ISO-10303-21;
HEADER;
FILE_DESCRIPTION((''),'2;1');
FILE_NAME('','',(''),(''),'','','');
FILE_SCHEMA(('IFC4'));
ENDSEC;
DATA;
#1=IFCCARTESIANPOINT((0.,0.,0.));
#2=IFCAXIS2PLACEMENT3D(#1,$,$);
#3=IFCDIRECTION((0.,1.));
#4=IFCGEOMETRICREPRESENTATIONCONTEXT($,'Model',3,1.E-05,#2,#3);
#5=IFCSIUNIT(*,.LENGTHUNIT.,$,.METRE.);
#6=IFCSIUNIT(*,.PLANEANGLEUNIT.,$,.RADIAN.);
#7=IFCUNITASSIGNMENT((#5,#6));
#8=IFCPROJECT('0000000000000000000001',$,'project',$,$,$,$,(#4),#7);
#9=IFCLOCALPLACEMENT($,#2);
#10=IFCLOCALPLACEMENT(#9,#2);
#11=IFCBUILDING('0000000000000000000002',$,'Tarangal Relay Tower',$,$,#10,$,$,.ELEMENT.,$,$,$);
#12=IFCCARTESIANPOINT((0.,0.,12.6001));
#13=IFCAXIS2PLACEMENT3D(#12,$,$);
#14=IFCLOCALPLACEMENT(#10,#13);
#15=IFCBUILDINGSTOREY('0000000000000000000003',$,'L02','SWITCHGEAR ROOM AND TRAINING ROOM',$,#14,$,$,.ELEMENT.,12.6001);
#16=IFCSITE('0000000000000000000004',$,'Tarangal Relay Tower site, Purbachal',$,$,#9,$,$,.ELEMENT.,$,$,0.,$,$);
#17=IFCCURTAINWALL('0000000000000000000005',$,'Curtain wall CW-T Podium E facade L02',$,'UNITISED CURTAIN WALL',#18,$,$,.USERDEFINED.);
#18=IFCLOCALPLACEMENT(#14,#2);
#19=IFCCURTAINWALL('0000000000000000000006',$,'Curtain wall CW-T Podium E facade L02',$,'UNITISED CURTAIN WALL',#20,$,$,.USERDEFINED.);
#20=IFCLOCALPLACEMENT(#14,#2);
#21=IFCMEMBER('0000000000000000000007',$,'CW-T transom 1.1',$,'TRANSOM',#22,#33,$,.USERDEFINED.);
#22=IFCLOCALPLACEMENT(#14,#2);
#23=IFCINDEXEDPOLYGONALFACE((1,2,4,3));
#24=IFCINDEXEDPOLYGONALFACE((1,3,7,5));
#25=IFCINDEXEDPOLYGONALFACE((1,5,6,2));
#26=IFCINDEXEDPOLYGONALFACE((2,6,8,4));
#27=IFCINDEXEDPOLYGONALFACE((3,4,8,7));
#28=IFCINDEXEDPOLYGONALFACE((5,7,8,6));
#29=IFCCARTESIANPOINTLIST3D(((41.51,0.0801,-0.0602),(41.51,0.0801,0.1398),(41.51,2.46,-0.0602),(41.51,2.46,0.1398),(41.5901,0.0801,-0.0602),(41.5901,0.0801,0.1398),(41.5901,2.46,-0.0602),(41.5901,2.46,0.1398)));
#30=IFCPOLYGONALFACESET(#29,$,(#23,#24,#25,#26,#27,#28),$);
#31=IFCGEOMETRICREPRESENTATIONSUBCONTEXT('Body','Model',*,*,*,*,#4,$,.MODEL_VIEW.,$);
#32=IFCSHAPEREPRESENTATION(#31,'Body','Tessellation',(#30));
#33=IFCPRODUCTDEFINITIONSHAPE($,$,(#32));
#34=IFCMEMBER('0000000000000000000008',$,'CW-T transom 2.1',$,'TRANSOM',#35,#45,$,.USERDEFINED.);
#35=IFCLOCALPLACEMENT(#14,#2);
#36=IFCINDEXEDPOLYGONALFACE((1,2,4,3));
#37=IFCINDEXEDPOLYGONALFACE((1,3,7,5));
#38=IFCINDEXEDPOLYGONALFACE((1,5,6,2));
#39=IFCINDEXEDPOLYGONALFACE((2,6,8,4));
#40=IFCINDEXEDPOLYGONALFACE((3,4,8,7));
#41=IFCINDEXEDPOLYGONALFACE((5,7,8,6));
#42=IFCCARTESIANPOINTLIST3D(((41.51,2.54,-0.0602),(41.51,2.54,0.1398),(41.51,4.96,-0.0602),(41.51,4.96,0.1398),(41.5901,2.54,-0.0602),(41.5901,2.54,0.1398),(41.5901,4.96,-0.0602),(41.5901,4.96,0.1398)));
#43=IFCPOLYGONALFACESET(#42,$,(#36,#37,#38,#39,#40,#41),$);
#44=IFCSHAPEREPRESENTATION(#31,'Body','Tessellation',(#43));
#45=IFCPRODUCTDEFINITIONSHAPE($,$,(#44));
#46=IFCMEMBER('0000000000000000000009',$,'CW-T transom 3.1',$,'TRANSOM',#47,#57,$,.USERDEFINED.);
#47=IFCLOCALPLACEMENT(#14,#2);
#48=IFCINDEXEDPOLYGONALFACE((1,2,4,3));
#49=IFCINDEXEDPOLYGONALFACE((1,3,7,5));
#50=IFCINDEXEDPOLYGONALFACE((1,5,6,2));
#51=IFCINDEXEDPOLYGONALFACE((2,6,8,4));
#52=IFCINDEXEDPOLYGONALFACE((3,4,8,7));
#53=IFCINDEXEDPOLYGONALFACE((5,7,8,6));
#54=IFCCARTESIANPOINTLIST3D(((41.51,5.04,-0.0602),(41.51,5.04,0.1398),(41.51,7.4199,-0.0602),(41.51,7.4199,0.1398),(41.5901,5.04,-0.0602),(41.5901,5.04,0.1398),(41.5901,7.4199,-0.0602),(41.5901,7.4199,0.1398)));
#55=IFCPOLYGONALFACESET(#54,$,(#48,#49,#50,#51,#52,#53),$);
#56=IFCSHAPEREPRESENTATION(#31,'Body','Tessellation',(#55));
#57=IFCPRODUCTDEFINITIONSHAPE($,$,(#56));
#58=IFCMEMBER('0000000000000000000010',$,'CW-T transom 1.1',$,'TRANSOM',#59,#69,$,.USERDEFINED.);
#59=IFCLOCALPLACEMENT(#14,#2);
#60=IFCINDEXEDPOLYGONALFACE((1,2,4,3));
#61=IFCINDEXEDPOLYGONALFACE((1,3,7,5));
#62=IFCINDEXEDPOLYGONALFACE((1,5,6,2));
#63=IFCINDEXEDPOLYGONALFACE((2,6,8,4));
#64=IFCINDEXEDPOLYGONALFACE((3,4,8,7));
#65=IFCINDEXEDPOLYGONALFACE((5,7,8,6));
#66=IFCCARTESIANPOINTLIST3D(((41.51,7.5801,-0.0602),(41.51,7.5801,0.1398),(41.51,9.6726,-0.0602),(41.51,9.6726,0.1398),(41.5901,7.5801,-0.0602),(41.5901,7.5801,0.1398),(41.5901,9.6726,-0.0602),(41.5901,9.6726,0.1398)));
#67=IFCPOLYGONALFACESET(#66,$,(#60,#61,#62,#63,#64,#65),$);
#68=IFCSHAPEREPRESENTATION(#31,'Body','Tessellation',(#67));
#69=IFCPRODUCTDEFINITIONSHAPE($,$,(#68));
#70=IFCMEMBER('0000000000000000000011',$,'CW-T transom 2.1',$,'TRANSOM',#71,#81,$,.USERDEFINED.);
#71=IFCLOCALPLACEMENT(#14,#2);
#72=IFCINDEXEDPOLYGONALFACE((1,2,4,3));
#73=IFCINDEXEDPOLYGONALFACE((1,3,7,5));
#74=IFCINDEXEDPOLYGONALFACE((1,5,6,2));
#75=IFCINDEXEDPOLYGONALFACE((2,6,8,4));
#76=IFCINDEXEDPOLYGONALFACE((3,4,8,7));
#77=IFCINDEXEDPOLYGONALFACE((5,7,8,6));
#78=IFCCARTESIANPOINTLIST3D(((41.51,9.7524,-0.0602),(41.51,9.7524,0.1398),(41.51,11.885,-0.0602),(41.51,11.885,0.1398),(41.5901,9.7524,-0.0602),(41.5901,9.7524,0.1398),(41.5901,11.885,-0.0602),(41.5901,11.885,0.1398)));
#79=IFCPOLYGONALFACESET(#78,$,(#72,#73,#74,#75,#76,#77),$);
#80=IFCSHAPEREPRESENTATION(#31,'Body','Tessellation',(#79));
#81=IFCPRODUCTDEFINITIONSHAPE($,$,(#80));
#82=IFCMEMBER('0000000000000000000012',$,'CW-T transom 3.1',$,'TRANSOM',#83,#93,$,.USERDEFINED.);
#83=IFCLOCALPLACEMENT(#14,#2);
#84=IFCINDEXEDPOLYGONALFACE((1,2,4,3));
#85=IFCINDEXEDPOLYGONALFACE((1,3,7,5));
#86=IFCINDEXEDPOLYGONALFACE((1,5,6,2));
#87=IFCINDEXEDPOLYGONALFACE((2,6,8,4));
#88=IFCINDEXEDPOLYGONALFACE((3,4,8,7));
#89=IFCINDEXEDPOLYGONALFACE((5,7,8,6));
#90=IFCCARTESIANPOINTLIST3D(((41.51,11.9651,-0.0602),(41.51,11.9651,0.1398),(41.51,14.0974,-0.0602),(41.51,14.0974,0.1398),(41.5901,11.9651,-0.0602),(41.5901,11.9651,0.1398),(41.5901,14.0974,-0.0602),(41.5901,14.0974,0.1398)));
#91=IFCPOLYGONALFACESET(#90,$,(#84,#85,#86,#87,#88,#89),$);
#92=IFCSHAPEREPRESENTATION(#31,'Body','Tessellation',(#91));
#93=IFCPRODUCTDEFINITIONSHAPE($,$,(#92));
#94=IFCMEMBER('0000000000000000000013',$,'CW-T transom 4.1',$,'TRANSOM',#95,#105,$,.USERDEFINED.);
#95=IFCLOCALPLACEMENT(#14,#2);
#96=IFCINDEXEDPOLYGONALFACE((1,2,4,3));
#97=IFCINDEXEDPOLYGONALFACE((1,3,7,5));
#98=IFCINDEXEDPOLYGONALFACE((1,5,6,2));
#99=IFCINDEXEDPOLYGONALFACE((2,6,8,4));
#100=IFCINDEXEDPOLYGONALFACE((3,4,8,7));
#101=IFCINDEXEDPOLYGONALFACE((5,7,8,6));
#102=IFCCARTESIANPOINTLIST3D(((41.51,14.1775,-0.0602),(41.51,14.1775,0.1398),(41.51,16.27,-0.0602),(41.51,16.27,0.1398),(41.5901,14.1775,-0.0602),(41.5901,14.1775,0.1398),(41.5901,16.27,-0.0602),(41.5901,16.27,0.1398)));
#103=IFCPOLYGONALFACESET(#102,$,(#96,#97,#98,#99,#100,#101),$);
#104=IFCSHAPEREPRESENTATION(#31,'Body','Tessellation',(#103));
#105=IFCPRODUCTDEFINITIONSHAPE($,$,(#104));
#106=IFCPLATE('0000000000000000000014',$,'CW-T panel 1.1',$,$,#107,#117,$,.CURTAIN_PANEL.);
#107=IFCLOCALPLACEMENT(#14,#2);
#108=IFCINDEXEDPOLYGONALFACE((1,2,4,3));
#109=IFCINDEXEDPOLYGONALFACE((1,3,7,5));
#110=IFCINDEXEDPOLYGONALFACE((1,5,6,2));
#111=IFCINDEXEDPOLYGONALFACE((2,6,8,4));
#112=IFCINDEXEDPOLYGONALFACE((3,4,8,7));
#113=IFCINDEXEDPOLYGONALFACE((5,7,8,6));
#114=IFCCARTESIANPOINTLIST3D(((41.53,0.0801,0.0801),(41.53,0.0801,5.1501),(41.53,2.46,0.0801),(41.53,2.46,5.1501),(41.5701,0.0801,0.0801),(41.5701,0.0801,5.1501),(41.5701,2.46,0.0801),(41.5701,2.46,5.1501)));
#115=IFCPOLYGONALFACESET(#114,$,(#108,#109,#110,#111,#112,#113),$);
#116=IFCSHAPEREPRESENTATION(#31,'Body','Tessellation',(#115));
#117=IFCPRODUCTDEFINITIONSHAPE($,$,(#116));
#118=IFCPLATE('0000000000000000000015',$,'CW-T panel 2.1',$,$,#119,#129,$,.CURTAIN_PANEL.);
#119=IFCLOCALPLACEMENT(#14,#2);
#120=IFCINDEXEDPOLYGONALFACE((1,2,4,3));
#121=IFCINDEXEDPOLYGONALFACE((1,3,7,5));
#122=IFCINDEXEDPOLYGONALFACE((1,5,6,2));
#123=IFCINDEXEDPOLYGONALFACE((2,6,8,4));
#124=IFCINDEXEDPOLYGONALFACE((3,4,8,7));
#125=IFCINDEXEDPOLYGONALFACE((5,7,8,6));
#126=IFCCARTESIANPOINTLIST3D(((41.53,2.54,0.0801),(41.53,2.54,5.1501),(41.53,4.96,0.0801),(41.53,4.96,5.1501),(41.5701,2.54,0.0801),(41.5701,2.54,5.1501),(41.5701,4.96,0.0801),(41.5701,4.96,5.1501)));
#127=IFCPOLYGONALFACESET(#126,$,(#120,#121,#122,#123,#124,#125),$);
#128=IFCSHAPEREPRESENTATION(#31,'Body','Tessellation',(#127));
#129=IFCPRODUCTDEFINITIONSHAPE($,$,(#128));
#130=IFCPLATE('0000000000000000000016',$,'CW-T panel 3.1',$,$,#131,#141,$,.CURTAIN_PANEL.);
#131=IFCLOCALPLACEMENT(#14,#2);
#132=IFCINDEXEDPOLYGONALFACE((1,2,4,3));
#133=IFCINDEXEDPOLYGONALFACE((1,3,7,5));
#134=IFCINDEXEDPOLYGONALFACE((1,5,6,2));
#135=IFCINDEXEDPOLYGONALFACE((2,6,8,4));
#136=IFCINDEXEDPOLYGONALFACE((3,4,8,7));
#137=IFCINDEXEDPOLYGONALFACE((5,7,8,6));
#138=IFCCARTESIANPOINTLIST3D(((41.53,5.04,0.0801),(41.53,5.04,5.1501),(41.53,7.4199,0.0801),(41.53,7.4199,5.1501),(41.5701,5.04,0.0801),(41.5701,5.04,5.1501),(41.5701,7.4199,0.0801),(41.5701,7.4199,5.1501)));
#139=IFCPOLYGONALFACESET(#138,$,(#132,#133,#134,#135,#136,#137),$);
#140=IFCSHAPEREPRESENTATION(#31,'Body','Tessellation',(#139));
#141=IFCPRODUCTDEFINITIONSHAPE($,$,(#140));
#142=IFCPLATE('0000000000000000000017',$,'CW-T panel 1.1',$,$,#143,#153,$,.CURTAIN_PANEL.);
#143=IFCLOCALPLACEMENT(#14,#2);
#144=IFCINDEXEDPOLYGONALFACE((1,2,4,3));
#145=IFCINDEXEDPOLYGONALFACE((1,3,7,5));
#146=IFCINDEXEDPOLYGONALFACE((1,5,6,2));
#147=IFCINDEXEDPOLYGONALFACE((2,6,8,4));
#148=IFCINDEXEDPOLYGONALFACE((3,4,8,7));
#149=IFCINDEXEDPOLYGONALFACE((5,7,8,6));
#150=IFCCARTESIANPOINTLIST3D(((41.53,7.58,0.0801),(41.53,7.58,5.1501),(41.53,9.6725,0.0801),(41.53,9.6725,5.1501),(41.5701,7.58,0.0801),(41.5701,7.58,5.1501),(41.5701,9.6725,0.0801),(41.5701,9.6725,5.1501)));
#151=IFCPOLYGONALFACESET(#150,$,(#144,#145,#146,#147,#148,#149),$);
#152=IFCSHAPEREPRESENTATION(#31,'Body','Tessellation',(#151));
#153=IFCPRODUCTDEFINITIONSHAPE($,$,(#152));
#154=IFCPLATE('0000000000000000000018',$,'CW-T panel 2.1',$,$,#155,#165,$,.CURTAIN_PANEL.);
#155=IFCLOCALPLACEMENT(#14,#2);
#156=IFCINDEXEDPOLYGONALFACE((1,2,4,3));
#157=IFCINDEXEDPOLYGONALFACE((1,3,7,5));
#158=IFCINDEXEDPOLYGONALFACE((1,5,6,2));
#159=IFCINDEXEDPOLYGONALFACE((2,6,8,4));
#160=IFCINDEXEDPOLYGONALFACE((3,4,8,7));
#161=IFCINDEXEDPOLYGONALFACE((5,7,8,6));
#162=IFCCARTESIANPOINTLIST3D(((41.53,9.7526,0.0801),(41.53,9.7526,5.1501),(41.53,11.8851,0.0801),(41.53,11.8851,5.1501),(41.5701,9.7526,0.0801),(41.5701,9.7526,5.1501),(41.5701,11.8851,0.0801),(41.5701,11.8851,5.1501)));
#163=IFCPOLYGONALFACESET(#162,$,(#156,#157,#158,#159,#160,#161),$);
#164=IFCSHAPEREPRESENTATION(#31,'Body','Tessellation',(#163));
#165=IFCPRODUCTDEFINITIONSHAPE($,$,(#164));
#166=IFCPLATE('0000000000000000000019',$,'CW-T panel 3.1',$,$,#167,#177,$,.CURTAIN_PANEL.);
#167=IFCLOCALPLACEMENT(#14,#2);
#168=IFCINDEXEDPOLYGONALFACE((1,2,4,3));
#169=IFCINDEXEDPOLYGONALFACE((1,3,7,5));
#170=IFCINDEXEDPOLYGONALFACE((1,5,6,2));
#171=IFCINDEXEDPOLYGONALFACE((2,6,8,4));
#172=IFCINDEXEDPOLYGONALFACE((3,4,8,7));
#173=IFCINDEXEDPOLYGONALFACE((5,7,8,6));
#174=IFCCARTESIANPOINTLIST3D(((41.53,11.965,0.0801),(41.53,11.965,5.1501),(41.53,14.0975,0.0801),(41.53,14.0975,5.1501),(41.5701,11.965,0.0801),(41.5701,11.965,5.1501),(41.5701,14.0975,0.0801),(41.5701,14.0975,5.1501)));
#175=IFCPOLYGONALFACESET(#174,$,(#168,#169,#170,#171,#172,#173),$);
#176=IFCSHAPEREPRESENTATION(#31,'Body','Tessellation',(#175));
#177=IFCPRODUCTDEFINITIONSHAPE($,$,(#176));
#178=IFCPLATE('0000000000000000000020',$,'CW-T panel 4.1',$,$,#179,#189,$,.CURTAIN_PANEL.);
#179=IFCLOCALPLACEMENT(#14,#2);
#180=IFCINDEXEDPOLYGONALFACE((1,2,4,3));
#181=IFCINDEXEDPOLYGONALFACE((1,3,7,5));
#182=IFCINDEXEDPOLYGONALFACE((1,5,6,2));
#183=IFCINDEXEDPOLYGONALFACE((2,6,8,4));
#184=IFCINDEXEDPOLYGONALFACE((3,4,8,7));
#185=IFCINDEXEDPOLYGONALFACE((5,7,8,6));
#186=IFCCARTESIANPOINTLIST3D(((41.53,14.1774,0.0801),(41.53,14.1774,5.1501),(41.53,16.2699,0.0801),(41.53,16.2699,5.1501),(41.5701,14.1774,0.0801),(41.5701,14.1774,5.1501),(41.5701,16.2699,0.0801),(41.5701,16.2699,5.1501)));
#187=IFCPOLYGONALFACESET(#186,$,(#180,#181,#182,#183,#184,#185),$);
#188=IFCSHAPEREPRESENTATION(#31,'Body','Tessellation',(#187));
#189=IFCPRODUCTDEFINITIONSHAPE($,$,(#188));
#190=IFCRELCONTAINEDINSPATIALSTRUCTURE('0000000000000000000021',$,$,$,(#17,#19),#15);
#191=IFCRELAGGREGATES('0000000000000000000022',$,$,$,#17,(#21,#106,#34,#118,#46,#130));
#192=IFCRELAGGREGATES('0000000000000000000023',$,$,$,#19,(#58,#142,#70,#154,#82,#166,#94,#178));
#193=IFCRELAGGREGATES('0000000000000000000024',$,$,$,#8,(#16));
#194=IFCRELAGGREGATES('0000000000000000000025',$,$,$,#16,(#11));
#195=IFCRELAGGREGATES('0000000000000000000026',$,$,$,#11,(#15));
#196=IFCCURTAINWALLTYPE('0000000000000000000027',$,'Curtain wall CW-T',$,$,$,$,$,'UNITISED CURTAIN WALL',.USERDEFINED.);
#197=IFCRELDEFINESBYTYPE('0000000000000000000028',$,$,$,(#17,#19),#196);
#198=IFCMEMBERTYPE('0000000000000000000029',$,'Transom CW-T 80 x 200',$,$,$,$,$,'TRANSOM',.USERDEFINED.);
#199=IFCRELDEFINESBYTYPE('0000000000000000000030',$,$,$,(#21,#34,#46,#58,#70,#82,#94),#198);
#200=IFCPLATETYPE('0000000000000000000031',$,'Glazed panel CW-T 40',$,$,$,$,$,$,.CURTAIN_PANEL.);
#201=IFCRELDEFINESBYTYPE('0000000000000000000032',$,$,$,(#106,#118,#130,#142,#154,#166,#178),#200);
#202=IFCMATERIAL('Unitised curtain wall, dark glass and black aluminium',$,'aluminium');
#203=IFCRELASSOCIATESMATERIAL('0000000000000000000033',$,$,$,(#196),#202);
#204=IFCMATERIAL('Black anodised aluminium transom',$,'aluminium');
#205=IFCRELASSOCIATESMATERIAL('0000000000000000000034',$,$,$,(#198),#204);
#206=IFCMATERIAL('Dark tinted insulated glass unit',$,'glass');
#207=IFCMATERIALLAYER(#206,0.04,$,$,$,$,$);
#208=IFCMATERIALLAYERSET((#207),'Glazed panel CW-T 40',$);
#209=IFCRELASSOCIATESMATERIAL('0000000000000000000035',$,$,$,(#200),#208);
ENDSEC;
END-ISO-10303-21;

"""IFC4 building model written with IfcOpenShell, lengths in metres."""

from ifc_helpers import new_model, si_unit, direction, frame, origin, origin_2d, place, context, subcontext, project, spatial, rectangle, extrude, material, layer, layer_set, material_profile, profile_set, type_object, element, aggregate, save


model = new_model("IFC4")

# Units and contexts
model_context = context("Model", 3, precision=1e-05, world=origin(), true_north=direction((0.0, 1.0)))
body_context = subcontext(model_context, "Body", "Model", "MODEL_VIEW")
ifc_project = project(units=[si_unit("LENGTHUNIT", "METRE"), si_unit("PLANEANGLEUNIT", "RADIAN")], contexts=[model_context])

# Site, building, storey
site_placement = place(None, origin())
site = spatial("IfcSite", under=ifc_project, at=site_placement, Name="Tarangal Relay Tower site, Purbachal", CompositionType="ELEMENT", RefElevation=0.0)
building_placement = place(site_placement, origin())
building = spatial("IfcBuilding", under=site, at=building_placement, Name="Tarangal Relay Tower", CompositionType="ELEMENT")
storey_placement = place(building_placement, frame((0.0, 0.0, 12.6001)))
storey = spatial("IfcBuildingStorey", under=building, at=storey_placement, Name="L02", Description="SWITCHGEAR ROOM AND TRAINING ROOM", CompositionType="ELEMENT", Elevation=12.6001)

# Shared definitions
ifc_material_1 = material(Name="Unitised curtain wall, dark glass and black aluminium", Category="aluminium")

# Curtain walls
curtain_wall_type_1 = type_object("IfcCurtainWallType", Name="Curtain wall CW-T", ElementType="UNITISED CURTAIN WALL", PredefinedType="USERDEFINED", material=ifc_material_1)
curtain_wall_1_placement = place(storey_placement, origin())
curtain_wall_1 = element("IfcCurtainWall", 1, at=curtain_wall_1_placement, inside=storey, type_object=curtain_wall_type_1, Name="Curtain wall CW-T Podium E facade L02", ObjectType="UNITISED CURTAIN WALL", PredefinedType="USERDEFINED")
curtain_wall_2_placement = place(storey_placement, origin())
curtain_wall_2 = element("IfcCurtainWall", 2, at=curtain_wall_2_placement, inside=storey, type_object=curtain_wall_type_1, Name="Curtain wall CW-T Podium E facade L02", ObjectType="UNITISED CURTAIN WALL", PredefinedType="USERDEFINED")

# Members
ifc_material_2 = material(Name="Black anodised aluminium transom", Category="aluminium")
ifc_material_profile_1 = material_profile(ifc_material_2, rectangle(XDim=0.0801, YDim=0.2, at=origin_2d()), Name="CW-TT 80X200")
ifc_profile_set_1 = profile_set([ifc_material_profile_1], Name="Black anodised aluminium transom")
member_type_1 = type_object("IfcMemberType", Name="Transom CW-T 80 x 200", ElementType="TRANSOM", PredefinedType="USERDEFINED", material=ifc_profile_set_1)
member_1_placement = place(storey_placement, frame((41.55, 0.0801, 0.0398), z_axis=(0.0, 1.0, 0.0), x_axis=(-1.0, 0.0, 0.0)))
member_1 = element("IfcMember", 3, at=member_1_placement, type_object=member_type_1, Name="CW-T transom 1.1", ObjectType="TRANSOM", PredefinedType="USERDEFINED", context=body_context, shape_type="SweptSolid", body=[
    extrude(rectangle(XDim=0.0801, YDim=0.2, at=origin_2d()), origin(), (0.0, 0.0, 1.0), 2.3799),
])
member_2_placement = place(storey_placement, frame((41.55, 2.54, 0.0398), z_axis=(0.0, 1.0, 0.0), x_axis=(-1.0, 0.0, 0.0)))
member_2 = element("IfcMember", 4, at=member_2_placement, type_object=member_type_1, Name="CW-T transom 2.1", ObjectType="TRANSOM", PredefinedType="USERDEFINED", context=body_context, shape_type="SweptSolid", body=[
    extrude(rectangle(XDim=0.0801, YDim=0.2, at=origin_2d()), origin(), (0.0, 0.0, 1.0), 2.4199),
])
member_3_placement = place(storey_placement, frame((41.55, 5.04, 0.0398), z_axis=(0.0, 1.0, 0.0), x_axis=(-1.0, 0.0, 0.0)))
member_3 = element("IfcMember", 5, at=member_3_placement, type_object=member_type_1, Name="CW-T transom 3.1", ObjectType="TRANSOM", PredefinedType="USERDEFINED", context=body_context, shape_type="SweptSolid", body=[
    extrude(rectangle(XDim=0.0801, YDim=0.2, at=origin_2d()), origin(), (0.0, 0.0, 1.0), 2.3799),
])
member_4_placement = place(storey_placement, frame((41.55, 7.5801, 0.0398), z_axis=(0.0, 1.0, 0.0), x_axis=(-1.0, 0.0, 0.0)))
member_4 = element("IfcMember", 6, at=member_4_placement, type_object=member_type_1, Name="CW-T transom 1.1", ObjectType="TRANSOM", PredefinedType="USERDEFINED", context=body_context, shape_type="SweptSolid", body=[
    extrude(rectangle(XDim=0.0801, YDim=0.2, at=origin_2d()), origin(), (0.0, 0.0, 1.0), 2.0925),
])
member_5_placement = place(storey_placement, frame((41.55, 9.7524, 0.0398), z_axis=(0.0, 1.0, 0.0), x_axis=(-1.0, 0.0, 0.0)))
member_5 = element("IfcMember", 7, at=member_5_placement, type_object=member_type_1, Name="CW-T transom 2.1", ObjectType="TRANSOM", PredefinedType="USERDEFINED", context=body_context, shape_type="SweptSolid", body=[
    extrude(rectangle(XDim=0.0801, YDim=0.2, at=origin_2d()), origin(), (0.0, 0.0, 1.0), 2.1326),
])
member_6_placement = place(storey_placement, frame((41.55, 11.9651, 0.0398), z_axis=(0.0, 1.0, 0.0), x_axis=(-1.0, 0.0, 0.0)))
member_6 = element("IfcMember", 8, at=member_6_placement, type_object=member_type_1, Name="CW-T transom 3.1", ObjectType="TRANSOM", PredefinedType="USERDEFINED", context=body_context, shape_type="SweptSolid", body=[
    extrude(rectangle(XDim=0.0801, YDim=0.2, at=origin_2d()), origin(), (0.0, 0.0, 1.0), 2.1323),
])
member_7_placement = place(storey_placement, frame((41.55, 14.1775, 0.0398), z_axis=(0.0, 1.0, 0.0), x_axis=(-1.0, 0.0, 0.0)))
member_7 = element("IfcMember", 9, at=member_7_placement, type_object=member_type_1, Name="CW-T transom 4.1", ObjectType="TRANSOM", PredefinedType="USERDEFINED", context=body_context, shape_type="SweptSolid", body=[
    extrude(rectangle(XDim=0.0801, YDim=0.2, at=origin_2d()), origin(), (0.0, 0.0, 1.0), 2.0925),
])

# Plates
ifc_material_3 = material(Name="Dark tinted insulated glass unit", Category="glass")
ifc_layer = layer(ifc_material_3, 0.04)
ifc_layer_set = layer_set([ifc_layer], Name="Glazed panel CW-T 40")
plate_type = type_object("IfcPlateType", Name="Glazed panel CW-T 40", PredefinedType="CURTAIN_PANEL", material=ifc_layer_set)
plate_1_placement = place(storey_placement, frame((41.55, 1.27, 0.0801), z_axis=(0.0, 0.0, 1.0), x_axis=(0.0, 1.0, 0.0)))
plate_1 = element("IfcPlate", 10, at=plate_1_placement, type_object=plate_type, Name="CW-T panel 1.1", PredefinedType="CURTAIN_PANEL", context=body_context, shape_type="SweptSolid", body=[
    extrude(rectangle(XDim=2.3799, YDim=0.04, at=origin_2d()), origin(), (0.0, 0.0, 1.0), 5.0701),
])
plate_2_placement = place(storey_placement, frame((41.55, 3.75, 0.0801), z_axis=(0.0, 0.0, 1.0), x_axis=(0.0, 1.0, 0.0)))
plate_2 = element("IfcPlate", 11, at=plate_2_placement, type_object=plate_type, Name="CW-T panel 2.1", PredefinedType="CURTAIN_PANEL", context=body_context, shape_type="SweptSolid", body=[
    extrude(rectangle(XDim=2.4199, YDim=0.04, at=origin_2d()), origin(), (0.0, 0.0, 1.0), 5.0701),
])
plate_3_placement = place(storey_placement, frame((41.55, 6.23, 0.0801), z_axis=(0.0, 0.0, 1.0), x_axis=(0.0, 1.0, 0.0)))
plate_3 = element("IfcPlate", 12, at=plate_3_placement, type_object=plate_type, Name="CW-T panel 3.1", PredefinedType="CURTAIN_PANEL", context=body_context, shape_type="SweptSolid", body=[
    extrude(rectangle(XDim=2.3799, YDim=0.04, at=origin_2d()), origin(), (0.0, 0.0, 1.0), 5.0701),
])
aggregate(curtain_wall_1, [member_1, plate_1, member_2, plate_2, member_3, plate_3])
plate_4_placement = place(storey_placement, frame((41.55, 8.6262, 0.0801), z_axis=(0.0, 0.0, 1.0), x_axis=(0.0, 1.0, 0.0)))
plate_4 = element("IfcPlate", 13, at=plate_4_placement, type_object=plate_type, Name="CW-T panel 1.1", PredefinedType="CURTAIN_PANEL", context=body_context, shape_type="SweptSolid", body=[
    extrude(rectangle(XDim=2.0925, YDim=0.04, at=origin_2d()), origin(), (0.0, 0.0, 1.0), 5.0701),
])
plate_5_placement = place(storey_placement, frame((41.55, 10.8188, 0.0801), z_axis=(0.0, 0.0, 1.0), x_axis=(0.0, 1.0, 0.0)))
plate_5 = element("IfcPlate", 14, at=plate_5_placement, type_object=plate_type, Name="CW-T panel 2.1", PredefinedType="CURTAIN_PANEL", context=body_context, shape_type="SweptSolid", body=[
    extrude(rectangle(XDim=2.1326, YDim=0.04, at=origin_2d()), origin(), (0.0, 0.0, 1.0), 5.0701),
])
plate_6_placement = place(storey_placement, frame((41.55, 13.0312, 0.0801), z_axis=(0.0, 0.0, 1.0), x_axis=(0.0, 1.0, 0.0)))
plate_6 = element("IfcPlate", 15, at=plate_6_placement, type_object=plate_type, Name="CW-T panel 3.1", PredefinedType="CURTAIN_PANEL", context=body_context, shape_type="SweptSolid", body=[
    extrude(rectangle(XDim=2.1326, YDim=0.04, at=origin_2d()), origin(), (0.0, 0.0, 1.0), 5.0701),
])
plate_7_placement = place(storey_placement, frame((41.55, 15.2236, 0.0801), z_axis=(0.0, 0.0, 1.0), x_axis=(0.0, 1.0, 0.0)))
plate_7 = element("IfcPlate", 16, at=plate_7_placement, type_object=plate_type, Name="CW-T panel 4.1", PredefinedType="CURTAIN_PANEL", context=body_context, shape_type="SweptSolid", body=[
    extrude(rectangle(XDim=2.0925, YDim=0.04, at=origin_2d()), origin(), (0.0, 0.0, 1.0), 5.0701),
])
aggregate(curtain_wall_2, [member_4, plate_4, member_5, plate_5, member_6, plate_6, member_7, plate_7])

save(model, "model.ifc")
